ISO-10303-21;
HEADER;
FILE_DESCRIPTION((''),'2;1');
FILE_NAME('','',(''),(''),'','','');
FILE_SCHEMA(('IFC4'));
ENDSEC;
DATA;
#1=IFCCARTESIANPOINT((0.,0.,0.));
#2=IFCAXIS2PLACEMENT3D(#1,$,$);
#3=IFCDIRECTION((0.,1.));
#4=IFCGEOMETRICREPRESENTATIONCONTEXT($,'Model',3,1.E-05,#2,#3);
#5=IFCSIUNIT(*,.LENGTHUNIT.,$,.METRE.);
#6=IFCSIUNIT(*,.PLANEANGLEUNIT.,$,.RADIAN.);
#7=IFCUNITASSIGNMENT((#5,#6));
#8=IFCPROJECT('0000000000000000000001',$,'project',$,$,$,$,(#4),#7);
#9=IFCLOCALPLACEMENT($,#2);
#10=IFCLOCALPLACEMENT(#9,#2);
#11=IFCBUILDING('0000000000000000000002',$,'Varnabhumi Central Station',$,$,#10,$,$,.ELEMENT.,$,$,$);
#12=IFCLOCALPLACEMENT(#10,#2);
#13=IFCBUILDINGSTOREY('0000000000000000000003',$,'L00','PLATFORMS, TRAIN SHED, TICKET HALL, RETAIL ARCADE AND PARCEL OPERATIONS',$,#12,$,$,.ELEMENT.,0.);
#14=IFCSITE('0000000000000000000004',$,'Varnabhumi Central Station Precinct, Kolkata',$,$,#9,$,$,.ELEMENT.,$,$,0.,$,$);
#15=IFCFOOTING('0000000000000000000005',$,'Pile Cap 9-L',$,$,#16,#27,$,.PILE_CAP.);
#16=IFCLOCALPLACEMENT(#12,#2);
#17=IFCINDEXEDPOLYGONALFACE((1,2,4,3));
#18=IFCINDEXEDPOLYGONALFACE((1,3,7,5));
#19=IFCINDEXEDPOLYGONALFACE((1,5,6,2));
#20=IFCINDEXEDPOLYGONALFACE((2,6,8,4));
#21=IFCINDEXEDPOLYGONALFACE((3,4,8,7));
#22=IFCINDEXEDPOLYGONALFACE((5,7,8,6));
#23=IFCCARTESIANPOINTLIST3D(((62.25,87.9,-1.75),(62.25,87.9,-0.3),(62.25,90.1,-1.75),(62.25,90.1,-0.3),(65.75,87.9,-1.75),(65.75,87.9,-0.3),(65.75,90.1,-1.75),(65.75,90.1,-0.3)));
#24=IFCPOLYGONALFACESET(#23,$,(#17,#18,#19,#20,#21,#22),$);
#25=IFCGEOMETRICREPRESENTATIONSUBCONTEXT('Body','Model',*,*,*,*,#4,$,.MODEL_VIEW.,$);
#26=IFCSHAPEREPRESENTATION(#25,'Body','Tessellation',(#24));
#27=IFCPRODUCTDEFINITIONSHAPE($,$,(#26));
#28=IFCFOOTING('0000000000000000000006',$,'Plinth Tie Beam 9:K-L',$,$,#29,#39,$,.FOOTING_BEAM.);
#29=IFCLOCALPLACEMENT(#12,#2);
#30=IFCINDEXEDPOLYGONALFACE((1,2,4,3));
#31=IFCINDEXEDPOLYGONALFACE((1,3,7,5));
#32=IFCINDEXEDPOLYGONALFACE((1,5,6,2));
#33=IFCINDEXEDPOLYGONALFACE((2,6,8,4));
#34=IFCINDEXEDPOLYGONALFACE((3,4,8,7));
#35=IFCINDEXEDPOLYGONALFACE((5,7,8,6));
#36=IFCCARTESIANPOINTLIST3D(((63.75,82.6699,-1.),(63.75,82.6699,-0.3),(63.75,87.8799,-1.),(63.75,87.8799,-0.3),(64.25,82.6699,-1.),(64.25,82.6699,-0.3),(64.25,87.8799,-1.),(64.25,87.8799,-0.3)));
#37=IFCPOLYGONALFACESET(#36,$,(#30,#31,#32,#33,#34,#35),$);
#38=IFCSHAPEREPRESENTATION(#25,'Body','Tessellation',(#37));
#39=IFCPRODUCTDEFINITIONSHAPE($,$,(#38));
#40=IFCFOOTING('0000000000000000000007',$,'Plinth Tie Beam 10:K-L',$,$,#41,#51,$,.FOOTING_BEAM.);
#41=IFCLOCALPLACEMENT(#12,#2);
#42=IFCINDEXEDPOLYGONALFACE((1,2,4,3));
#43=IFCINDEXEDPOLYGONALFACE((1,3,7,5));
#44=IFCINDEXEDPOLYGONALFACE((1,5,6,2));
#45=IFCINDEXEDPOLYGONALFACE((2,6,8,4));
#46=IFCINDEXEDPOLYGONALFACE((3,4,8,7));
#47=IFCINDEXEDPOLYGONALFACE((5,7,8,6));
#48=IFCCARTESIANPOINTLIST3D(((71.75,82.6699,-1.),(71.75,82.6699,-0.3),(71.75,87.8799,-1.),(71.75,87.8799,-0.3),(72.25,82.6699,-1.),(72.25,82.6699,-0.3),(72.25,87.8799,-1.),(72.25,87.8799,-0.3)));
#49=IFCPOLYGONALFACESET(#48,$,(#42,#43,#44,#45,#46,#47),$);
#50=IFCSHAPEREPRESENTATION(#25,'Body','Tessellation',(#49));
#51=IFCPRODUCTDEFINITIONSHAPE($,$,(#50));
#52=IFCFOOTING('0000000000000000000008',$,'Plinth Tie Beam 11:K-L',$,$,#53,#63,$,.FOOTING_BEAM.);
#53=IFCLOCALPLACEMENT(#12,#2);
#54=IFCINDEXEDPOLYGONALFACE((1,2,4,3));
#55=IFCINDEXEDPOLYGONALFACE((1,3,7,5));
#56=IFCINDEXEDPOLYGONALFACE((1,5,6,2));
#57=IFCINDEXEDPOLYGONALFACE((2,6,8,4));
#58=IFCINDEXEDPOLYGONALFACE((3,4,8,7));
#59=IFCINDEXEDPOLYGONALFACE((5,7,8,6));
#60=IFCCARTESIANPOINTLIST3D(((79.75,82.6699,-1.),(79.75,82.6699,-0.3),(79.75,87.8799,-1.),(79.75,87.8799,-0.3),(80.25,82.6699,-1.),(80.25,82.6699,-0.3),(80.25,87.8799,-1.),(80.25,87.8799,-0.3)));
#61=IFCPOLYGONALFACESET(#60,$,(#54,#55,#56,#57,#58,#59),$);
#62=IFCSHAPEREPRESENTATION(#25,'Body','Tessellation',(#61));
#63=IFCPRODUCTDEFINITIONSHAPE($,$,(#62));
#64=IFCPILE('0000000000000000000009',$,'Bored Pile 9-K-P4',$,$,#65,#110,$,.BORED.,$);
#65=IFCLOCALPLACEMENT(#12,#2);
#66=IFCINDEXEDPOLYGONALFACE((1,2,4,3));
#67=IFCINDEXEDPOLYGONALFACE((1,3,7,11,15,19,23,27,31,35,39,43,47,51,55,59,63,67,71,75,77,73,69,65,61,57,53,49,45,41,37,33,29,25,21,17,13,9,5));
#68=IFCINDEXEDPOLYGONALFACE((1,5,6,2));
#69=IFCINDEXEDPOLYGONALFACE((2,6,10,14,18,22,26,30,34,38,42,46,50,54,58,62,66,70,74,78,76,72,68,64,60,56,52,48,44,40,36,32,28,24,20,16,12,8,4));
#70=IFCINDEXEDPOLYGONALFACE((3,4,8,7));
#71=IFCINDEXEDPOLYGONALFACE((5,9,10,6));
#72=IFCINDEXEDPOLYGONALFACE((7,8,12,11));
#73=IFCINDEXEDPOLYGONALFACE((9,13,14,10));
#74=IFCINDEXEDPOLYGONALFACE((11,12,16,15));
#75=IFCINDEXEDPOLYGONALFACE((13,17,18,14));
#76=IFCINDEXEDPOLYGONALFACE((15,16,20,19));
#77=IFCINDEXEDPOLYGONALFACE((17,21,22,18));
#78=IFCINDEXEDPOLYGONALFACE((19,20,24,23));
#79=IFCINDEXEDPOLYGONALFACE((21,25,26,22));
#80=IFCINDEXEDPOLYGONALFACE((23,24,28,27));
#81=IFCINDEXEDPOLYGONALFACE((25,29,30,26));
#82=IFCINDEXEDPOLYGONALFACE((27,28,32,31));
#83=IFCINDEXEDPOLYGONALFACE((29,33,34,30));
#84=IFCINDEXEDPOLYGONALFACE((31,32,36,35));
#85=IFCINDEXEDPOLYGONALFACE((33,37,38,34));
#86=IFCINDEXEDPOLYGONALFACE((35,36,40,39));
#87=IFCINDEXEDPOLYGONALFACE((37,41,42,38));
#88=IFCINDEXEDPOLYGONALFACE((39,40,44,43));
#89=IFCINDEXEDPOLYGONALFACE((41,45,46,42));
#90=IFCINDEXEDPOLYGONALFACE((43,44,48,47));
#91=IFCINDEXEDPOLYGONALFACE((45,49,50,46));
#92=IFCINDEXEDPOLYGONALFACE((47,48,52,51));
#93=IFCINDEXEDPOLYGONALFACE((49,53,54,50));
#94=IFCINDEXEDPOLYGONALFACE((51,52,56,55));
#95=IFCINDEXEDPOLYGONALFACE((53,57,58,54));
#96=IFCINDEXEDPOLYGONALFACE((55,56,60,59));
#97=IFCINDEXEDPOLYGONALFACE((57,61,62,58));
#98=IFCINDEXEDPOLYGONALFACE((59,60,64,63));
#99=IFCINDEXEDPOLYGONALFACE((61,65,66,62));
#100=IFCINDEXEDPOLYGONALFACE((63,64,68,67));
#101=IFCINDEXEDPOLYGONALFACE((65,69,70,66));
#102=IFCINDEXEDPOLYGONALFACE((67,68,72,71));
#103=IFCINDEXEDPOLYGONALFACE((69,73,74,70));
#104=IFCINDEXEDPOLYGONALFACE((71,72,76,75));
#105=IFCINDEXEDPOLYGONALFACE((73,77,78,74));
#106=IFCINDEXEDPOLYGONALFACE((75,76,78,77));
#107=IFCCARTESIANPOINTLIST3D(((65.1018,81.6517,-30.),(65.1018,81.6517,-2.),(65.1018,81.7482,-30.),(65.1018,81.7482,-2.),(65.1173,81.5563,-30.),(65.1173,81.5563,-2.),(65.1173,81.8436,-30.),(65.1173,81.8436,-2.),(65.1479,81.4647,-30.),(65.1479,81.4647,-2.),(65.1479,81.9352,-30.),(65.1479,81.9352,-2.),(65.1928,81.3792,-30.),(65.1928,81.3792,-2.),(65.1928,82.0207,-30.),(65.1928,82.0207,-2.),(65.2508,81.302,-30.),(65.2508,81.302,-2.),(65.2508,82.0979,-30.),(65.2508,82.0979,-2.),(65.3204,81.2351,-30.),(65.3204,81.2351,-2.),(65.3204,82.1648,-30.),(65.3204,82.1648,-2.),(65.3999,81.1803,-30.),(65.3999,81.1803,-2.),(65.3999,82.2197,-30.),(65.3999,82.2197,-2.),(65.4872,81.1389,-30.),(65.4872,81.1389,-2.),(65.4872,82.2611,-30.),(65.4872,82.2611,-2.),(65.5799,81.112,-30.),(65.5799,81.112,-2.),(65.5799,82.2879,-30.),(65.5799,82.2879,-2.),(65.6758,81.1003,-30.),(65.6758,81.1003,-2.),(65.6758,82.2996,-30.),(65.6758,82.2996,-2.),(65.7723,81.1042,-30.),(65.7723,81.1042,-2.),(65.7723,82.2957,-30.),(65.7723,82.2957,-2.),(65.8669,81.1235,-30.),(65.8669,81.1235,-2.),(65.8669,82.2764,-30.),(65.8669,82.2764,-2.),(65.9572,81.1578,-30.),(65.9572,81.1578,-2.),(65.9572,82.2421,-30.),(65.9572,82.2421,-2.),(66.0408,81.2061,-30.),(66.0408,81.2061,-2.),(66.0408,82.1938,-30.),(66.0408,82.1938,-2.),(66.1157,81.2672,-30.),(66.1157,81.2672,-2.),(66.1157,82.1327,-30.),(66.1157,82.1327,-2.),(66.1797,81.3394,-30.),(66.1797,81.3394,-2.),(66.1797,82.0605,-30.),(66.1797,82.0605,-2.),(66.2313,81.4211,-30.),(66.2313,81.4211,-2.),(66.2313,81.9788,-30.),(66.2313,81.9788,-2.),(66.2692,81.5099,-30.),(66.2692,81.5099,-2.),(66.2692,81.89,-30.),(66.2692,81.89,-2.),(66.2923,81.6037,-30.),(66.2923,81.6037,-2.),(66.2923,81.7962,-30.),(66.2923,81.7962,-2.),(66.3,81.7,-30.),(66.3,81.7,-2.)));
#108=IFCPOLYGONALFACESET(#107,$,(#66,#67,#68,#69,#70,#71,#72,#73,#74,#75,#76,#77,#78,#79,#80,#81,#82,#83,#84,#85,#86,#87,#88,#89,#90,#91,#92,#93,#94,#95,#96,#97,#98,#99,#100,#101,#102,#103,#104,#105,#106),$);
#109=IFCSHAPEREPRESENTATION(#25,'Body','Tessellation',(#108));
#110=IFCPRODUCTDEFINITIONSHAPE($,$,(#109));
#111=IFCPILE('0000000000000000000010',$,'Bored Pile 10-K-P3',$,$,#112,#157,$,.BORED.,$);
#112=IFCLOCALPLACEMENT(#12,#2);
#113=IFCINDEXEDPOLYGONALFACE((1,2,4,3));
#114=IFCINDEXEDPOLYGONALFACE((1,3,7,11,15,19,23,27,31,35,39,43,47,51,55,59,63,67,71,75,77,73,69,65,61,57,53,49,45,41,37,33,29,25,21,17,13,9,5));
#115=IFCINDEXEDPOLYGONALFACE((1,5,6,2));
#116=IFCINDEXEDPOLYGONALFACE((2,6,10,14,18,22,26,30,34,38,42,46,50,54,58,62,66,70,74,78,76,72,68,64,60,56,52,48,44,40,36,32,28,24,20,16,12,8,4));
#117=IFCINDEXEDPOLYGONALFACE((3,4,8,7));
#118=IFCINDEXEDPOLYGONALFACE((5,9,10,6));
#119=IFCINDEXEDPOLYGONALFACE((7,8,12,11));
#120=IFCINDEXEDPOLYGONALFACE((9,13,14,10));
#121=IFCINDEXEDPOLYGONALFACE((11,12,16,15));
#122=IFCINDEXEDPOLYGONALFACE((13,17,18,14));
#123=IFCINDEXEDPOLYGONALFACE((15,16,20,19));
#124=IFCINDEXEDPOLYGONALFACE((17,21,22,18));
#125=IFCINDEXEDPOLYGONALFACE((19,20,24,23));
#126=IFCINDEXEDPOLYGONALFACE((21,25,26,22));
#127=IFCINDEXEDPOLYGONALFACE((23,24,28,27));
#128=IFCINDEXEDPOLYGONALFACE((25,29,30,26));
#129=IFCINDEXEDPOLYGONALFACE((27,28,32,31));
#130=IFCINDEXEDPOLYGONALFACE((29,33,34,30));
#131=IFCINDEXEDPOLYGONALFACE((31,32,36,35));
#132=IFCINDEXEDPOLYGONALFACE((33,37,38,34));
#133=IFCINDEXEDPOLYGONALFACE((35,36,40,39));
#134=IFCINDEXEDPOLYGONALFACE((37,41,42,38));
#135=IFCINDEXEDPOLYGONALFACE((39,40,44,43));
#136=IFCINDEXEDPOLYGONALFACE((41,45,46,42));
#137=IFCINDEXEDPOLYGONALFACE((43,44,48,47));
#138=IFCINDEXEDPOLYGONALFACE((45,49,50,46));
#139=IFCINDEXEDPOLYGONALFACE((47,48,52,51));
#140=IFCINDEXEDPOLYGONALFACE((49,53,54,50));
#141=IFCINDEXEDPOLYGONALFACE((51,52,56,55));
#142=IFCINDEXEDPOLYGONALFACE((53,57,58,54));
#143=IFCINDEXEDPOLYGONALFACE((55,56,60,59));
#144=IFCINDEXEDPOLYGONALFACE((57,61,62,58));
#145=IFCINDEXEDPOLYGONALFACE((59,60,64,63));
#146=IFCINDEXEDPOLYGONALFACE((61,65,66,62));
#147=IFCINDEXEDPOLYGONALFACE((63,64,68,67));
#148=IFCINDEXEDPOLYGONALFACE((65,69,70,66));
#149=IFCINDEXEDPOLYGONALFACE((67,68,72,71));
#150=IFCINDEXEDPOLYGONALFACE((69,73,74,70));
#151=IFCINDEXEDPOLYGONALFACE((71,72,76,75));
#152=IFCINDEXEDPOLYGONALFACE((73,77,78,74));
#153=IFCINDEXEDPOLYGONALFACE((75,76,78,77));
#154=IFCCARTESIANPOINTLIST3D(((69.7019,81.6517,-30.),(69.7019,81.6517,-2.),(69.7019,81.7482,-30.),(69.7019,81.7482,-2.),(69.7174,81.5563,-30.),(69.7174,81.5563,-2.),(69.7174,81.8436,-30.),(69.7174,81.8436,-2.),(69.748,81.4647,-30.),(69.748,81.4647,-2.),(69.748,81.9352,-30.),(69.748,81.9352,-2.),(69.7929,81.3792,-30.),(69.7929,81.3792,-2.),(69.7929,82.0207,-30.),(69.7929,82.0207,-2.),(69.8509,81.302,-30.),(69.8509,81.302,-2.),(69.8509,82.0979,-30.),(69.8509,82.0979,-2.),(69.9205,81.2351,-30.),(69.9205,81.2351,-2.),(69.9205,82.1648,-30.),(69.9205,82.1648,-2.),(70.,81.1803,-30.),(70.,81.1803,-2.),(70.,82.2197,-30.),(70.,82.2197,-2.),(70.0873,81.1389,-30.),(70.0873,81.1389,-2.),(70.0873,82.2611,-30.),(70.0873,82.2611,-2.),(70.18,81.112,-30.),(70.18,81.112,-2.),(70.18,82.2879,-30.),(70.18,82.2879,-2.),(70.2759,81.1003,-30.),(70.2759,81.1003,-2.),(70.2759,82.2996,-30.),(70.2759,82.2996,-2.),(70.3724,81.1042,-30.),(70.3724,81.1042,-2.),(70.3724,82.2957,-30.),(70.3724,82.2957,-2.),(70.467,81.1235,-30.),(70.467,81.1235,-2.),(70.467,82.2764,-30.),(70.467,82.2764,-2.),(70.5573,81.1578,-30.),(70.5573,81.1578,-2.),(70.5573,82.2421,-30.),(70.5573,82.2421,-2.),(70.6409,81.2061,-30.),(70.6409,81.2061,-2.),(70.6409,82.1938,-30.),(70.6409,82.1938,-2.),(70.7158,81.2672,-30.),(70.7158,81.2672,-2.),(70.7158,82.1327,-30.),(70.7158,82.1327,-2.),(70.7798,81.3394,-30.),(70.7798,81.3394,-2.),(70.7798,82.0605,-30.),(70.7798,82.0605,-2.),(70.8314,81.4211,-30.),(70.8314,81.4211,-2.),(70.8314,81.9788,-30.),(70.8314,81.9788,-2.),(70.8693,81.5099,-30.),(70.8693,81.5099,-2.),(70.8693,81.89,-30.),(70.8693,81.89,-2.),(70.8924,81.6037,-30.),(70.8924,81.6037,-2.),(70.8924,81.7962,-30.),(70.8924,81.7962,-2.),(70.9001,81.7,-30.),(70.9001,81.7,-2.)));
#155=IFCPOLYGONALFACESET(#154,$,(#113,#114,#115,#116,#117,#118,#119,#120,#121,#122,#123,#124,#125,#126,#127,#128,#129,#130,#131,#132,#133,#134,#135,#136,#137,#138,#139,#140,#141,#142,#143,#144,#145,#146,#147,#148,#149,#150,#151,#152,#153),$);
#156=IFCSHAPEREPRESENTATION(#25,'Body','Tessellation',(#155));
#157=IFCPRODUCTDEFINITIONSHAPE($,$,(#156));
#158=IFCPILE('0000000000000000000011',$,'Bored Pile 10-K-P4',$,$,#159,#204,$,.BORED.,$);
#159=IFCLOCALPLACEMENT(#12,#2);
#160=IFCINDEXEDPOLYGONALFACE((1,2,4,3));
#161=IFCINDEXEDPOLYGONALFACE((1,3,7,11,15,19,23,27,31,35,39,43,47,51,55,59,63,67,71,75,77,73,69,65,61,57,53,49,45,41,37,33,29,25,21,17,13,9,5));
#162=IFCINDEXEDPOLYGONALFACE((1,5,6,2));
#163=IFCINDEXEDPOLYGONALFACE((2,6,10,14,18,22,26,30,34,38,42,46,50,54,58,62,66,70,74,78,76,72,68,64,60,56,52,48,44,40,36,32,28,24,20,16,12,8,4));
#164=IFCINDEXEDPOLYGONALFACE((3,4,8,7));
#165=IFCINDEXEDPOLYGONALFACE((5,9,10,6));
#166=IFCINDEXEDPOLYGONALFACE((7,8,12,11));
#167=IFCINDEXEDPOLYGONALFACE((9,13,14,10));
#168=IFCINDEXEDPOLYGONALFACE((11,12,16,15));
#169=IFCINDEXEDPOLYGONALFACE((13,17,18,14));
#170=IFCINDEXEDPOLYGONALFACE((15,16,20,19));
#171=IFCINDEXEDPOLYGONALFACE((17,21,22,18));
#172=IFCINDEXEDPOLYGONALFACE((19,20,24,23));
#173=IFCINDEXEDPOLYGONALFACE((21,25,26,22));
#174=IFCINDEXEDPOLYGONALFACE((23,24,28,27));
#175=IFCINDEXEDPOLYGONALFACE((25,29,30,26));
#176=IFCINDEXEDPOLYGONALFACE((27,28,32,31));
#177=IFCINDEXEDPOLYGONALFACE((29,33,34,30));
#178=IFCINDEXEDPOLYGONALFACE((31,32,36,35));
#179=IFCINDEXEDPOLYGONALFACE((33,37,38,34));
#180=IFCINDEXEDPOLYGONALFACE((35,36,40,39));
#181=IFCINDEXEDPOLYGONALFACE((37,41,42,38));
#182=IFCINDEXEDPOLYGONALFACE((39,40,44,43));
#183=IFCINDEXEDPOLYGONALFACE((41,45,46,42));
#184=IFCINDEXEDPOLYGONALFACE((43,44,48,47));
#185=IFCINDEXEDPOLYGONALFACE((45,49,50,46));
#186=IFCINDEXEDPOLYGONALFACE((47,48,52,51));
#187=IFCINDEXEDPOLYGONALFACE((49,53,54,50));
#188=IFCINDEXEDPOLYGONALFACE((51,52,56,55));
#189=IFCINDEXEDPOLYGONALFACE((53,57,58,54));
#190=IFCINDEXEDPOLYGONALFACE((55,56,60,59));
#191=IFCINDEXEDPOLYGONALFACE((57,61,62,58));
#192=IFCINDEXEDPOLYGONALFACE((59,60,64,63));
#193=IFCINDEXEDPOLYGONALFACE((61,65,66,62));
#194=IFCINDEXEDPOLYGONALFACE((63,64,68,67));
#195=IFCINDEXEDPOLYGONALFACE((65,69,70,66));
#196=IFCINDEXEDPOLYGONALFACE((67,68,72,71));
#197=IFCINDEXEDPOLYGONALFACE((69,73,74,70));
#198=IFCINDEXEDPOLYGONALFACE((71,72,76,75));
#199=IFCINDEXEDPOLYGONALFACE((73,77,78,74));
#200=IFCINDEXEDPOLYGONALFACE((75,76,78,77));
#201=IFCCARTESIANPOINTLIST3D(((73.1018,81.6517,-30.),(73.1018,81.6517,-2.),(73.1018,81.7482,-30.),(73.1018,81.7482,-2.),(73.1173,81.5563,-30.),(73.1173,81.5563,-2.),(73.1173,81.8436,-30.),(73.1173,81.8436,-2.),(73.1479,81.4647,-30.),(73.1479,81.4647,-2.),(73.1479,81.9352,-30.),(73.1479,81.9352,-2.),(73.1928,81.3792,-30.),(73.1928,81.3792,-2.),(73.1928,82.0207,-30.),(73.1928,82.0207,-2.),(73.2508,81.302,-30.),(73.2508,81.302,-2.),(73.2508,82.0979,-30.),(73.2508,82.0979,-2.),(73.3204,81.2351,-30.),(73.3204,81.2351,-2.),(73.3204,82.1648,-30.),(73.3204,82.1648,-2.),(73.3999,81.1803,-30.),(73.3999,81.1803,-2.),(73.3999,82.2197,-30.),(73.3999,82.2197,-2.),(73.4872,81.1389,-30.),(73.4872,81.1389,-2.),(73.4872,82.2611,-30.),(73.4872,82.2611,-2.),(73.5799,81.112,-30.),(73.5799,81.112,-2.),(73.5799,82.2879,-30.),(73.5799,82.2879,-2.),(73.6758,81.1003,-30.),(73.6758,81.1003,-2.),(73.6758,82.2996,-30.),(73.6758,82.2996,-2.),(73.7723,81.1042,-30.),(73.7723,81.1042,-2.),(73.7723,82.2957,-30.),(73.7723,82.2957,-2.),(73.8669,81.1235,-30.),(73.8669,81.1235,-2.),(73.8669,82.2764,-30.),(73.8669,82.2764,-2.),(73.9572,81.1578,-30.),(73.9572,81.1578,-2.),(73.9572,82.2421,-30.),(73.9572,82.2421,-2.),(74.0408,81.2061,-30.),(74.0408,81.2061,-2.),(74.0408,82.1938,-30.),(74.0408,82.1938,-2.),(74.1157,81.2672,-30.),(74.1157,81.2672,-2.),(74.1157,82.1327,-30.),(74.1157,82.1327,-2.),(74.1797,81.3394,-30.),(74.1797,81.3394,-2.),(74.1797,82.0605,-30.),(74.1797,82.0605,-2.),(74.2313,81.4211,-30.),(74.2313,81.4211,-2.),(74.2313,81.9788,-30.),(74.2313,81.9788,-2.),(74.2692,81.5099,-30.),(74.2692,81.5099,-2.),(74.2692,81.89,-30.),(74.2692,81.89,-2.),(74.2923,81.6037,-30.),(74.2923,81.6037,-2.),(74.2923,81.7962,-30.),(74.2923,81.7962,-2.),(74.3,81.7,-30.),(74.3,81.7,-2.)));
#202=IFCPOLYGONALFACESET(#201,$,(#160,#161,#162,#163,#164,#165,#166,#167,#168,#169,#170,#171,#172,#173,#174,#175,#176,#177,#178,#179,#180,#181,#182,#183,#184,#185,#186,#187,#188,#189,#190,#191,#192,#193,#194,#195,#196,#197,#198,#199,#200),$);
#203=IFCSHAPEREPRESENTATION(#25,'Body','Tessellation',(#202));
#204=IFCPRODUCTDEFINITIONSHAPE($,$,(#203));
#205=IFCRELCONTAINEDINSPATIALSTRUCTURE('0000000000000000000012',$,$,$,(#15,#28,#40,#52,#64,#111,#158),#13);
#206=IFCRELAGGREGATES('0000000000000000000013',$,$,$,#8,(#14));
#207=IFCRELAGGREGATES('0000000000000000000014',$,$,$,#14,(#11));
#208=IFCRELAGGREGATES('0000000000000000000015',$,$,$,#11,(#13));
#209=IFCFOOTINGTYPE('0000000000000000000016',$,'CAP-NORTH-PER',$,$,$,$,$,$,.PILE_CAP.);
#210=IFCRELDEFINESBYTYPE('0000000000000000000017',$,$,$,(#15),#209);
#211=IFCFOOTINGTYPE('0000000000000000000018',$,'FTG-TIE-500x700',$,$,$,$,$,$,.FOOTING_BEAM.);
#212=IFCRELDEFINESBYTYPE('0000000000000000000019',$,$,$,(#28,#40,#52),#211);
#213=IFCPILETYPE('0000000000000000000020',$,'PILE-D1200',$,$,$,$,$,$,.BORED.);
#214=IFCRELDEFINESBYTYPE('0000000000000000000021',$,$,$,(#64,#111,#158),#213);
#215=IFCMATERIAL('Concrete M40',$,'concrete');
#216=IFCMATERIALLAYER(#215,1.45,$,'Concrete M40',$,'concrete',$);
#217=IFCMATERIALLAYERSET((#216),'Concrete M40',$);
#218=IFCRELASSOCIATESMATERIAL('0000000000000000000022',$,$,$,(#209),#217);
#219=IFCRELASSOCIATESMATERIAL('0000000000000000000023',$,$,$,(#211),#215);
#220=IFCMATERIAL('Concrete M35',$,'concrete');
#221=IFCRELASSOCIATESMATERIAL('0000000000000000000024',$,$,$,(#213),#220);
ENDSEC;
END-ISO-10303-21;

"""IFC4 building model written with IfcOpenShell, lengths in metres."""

from ifc_helpers import new_model, si_unit, direction, frame, origin, origin_2d, place, context, subcontext, project, spatial, rectangle, circle, extrude, material, layer, layer_set, material_profile, profile_set, type_object, element, save


model = new_model("IFC4")

# Units and contexts
model_context = context("Model", 3, precision=1e-05, world=origin(), true_north=direction((0.0, 1.0)))
body_context = subcontext(model_context, "Body", "Model", "MODEL_VIEW")
ifc_project = project(units=[si_unit("LENGTHUNIT", "METRE"), si_unit("PLANEANGLEUNIT", "RADIAN")], contexts=[model_context])

# Site, building, storey
site_placement = place(None, origin())
site = spatial("IfcSite", under=ifc_project, at=site_placement, Name="Varnabhumi Central Station Precinct, Kolkata", CompositionType="ELEMENT", RefElevation=0.0)
building_placement = place(site_placement, origin())
building = spatial("IfcBuilding", under=site, at=building_placement, Name="Varnabhumi Central Station", CompositionType="ELEMENT")
storey_placement = place(building_placement, origin())
storey = spatial("IfcBuildingStorey", under=building, at=storey_placement, Name="L00", Description="PLATFORMS, TRAIN SHED, TICKET HALL, RETAIL ARCADE AND PARCEL OPERATIONS", CompositionType="ELEMENT", Elevation=0.0)

# Footings
ifc_material_1 = material(Name="Concrete M40", Category="concrete")
ifc_layer_1 = layer(ifc_material_1, 1.45, Name="Concrete M40", Category="concrete")
ifc_layer_set_1 = layer_set([ifc_layer_1], Name="Concrete M40")
footing_type_1 = type_object("IfcFootingType", Name="CAP-NORTH-PER", PredefinedType="PILE_CAP", material=ifc_layer_set_1)
footing_placement = place(storey_placement, frame((64.0, 89.0, -1.75), z_axis=(0.0, 0.0, 1.0), x_axis=(1.0, 0.0, 0.0)))
element("IfcFooting", 1, at=footing_placement, inside=storey, type_object=footing_type_1, Name="Pile Cap 9-L", PredefinedType="PILE_CAP", context=body_context, shape_type="SweptSolid", body=[
    extrude(rectangle(XDim=3.5, YDim=2.2, at=origin_2d()), origin(), (0.0, 0.0, 1.0), 1.45),
])
footing_type_2 = type_object("IfcFootingType", Name="FTG-TIE-500x700", PredefinedType="FOOTING_BEAM", material=ifc_material_1)
for number, where, z_axis, x_axis, name in (
    (2, (64.0, 85.2749, -1.0), (0.0, 0.0, 1.0), (1.0, 0.0, 0.0), "Plinth Tie Beam 9:K-L"),
    (3, (72.0, 85.2749, -1.0), (0.0, 0.0, 1.0), (1.0, 0.0, 0.0), "Plinth Tie Beam 10:K-L"),
    (4, (80.0, 85.2749, -1.0), (0.0, 0.0, 1.0), (1.0, 0.0, 0.0), "Plinth Tie Beam 11:K-L"),
):
    element("IfcFooting", number, at=place(storey_placement, frame(where, z_axis=z_axis, x_axis=x_axis)), inside=storey, type_object=footing_type_2, Name=name, PredefinedType="FOOTING_BEAM", context=body_context, shape_type="SweptSolid", body=[
        extrude(rectangle(XDim=0.5, YDim=5.21, at=origin_2d()), origin(), (0.0, 0.0, 1.0), 0.7),
    ])

# Piles
ifc_material_2 = material(Name="Concrete M35", Category="concrete")
ifc_material_profile_1 = material_profile(ifc_material_2, circle(Radius=0.6001, at=origin_2d()), Name="Concrete M35", Category="concrete")
ifc_profile_set_1 = profile_set([ifc_material_profile_1], Name="Concrete M35")
pile_type_1 = type_object("IfcPileType", Name="PILE-D1200", PredefinedType="BORED", material=ifc_profile_set_1)
for number, where, z_axis, x_axis, name in (
    (5, (65.7, 81.7, -2.0), (0.0, 0.0, -1.0), (1.0, 0.0, 0.0), "Bored Pile 9-K-P4"),
    (6, (70.3, 81.7, -2.0), (0.0, 0.0, -1.0), (1.0, 0.0, 0.0), "Bored Pile 10-K-P3"),
    (7, (73.7, 81.7, -2.0), (0.0, 0.0, -1.0), (1.0, 0.0, 0.0), "Bored Pile 10-K-P4"),
):
    element("IfcPile", number, at=place(storey_placement, frame(where, z_axis=z_axis, x_axis=x_axis)), inside=storey, type_object=pile_type_1, Name=name, PredefinedType="BORED", context=body_context, shape_type="SweptSolid", body=[
        extrude(circle(Radius=0.6001, at=origin_2d()), origin(), (0.0, 0.0, 1.0), 28.0),
    ])

save(model, "model.ifc")
